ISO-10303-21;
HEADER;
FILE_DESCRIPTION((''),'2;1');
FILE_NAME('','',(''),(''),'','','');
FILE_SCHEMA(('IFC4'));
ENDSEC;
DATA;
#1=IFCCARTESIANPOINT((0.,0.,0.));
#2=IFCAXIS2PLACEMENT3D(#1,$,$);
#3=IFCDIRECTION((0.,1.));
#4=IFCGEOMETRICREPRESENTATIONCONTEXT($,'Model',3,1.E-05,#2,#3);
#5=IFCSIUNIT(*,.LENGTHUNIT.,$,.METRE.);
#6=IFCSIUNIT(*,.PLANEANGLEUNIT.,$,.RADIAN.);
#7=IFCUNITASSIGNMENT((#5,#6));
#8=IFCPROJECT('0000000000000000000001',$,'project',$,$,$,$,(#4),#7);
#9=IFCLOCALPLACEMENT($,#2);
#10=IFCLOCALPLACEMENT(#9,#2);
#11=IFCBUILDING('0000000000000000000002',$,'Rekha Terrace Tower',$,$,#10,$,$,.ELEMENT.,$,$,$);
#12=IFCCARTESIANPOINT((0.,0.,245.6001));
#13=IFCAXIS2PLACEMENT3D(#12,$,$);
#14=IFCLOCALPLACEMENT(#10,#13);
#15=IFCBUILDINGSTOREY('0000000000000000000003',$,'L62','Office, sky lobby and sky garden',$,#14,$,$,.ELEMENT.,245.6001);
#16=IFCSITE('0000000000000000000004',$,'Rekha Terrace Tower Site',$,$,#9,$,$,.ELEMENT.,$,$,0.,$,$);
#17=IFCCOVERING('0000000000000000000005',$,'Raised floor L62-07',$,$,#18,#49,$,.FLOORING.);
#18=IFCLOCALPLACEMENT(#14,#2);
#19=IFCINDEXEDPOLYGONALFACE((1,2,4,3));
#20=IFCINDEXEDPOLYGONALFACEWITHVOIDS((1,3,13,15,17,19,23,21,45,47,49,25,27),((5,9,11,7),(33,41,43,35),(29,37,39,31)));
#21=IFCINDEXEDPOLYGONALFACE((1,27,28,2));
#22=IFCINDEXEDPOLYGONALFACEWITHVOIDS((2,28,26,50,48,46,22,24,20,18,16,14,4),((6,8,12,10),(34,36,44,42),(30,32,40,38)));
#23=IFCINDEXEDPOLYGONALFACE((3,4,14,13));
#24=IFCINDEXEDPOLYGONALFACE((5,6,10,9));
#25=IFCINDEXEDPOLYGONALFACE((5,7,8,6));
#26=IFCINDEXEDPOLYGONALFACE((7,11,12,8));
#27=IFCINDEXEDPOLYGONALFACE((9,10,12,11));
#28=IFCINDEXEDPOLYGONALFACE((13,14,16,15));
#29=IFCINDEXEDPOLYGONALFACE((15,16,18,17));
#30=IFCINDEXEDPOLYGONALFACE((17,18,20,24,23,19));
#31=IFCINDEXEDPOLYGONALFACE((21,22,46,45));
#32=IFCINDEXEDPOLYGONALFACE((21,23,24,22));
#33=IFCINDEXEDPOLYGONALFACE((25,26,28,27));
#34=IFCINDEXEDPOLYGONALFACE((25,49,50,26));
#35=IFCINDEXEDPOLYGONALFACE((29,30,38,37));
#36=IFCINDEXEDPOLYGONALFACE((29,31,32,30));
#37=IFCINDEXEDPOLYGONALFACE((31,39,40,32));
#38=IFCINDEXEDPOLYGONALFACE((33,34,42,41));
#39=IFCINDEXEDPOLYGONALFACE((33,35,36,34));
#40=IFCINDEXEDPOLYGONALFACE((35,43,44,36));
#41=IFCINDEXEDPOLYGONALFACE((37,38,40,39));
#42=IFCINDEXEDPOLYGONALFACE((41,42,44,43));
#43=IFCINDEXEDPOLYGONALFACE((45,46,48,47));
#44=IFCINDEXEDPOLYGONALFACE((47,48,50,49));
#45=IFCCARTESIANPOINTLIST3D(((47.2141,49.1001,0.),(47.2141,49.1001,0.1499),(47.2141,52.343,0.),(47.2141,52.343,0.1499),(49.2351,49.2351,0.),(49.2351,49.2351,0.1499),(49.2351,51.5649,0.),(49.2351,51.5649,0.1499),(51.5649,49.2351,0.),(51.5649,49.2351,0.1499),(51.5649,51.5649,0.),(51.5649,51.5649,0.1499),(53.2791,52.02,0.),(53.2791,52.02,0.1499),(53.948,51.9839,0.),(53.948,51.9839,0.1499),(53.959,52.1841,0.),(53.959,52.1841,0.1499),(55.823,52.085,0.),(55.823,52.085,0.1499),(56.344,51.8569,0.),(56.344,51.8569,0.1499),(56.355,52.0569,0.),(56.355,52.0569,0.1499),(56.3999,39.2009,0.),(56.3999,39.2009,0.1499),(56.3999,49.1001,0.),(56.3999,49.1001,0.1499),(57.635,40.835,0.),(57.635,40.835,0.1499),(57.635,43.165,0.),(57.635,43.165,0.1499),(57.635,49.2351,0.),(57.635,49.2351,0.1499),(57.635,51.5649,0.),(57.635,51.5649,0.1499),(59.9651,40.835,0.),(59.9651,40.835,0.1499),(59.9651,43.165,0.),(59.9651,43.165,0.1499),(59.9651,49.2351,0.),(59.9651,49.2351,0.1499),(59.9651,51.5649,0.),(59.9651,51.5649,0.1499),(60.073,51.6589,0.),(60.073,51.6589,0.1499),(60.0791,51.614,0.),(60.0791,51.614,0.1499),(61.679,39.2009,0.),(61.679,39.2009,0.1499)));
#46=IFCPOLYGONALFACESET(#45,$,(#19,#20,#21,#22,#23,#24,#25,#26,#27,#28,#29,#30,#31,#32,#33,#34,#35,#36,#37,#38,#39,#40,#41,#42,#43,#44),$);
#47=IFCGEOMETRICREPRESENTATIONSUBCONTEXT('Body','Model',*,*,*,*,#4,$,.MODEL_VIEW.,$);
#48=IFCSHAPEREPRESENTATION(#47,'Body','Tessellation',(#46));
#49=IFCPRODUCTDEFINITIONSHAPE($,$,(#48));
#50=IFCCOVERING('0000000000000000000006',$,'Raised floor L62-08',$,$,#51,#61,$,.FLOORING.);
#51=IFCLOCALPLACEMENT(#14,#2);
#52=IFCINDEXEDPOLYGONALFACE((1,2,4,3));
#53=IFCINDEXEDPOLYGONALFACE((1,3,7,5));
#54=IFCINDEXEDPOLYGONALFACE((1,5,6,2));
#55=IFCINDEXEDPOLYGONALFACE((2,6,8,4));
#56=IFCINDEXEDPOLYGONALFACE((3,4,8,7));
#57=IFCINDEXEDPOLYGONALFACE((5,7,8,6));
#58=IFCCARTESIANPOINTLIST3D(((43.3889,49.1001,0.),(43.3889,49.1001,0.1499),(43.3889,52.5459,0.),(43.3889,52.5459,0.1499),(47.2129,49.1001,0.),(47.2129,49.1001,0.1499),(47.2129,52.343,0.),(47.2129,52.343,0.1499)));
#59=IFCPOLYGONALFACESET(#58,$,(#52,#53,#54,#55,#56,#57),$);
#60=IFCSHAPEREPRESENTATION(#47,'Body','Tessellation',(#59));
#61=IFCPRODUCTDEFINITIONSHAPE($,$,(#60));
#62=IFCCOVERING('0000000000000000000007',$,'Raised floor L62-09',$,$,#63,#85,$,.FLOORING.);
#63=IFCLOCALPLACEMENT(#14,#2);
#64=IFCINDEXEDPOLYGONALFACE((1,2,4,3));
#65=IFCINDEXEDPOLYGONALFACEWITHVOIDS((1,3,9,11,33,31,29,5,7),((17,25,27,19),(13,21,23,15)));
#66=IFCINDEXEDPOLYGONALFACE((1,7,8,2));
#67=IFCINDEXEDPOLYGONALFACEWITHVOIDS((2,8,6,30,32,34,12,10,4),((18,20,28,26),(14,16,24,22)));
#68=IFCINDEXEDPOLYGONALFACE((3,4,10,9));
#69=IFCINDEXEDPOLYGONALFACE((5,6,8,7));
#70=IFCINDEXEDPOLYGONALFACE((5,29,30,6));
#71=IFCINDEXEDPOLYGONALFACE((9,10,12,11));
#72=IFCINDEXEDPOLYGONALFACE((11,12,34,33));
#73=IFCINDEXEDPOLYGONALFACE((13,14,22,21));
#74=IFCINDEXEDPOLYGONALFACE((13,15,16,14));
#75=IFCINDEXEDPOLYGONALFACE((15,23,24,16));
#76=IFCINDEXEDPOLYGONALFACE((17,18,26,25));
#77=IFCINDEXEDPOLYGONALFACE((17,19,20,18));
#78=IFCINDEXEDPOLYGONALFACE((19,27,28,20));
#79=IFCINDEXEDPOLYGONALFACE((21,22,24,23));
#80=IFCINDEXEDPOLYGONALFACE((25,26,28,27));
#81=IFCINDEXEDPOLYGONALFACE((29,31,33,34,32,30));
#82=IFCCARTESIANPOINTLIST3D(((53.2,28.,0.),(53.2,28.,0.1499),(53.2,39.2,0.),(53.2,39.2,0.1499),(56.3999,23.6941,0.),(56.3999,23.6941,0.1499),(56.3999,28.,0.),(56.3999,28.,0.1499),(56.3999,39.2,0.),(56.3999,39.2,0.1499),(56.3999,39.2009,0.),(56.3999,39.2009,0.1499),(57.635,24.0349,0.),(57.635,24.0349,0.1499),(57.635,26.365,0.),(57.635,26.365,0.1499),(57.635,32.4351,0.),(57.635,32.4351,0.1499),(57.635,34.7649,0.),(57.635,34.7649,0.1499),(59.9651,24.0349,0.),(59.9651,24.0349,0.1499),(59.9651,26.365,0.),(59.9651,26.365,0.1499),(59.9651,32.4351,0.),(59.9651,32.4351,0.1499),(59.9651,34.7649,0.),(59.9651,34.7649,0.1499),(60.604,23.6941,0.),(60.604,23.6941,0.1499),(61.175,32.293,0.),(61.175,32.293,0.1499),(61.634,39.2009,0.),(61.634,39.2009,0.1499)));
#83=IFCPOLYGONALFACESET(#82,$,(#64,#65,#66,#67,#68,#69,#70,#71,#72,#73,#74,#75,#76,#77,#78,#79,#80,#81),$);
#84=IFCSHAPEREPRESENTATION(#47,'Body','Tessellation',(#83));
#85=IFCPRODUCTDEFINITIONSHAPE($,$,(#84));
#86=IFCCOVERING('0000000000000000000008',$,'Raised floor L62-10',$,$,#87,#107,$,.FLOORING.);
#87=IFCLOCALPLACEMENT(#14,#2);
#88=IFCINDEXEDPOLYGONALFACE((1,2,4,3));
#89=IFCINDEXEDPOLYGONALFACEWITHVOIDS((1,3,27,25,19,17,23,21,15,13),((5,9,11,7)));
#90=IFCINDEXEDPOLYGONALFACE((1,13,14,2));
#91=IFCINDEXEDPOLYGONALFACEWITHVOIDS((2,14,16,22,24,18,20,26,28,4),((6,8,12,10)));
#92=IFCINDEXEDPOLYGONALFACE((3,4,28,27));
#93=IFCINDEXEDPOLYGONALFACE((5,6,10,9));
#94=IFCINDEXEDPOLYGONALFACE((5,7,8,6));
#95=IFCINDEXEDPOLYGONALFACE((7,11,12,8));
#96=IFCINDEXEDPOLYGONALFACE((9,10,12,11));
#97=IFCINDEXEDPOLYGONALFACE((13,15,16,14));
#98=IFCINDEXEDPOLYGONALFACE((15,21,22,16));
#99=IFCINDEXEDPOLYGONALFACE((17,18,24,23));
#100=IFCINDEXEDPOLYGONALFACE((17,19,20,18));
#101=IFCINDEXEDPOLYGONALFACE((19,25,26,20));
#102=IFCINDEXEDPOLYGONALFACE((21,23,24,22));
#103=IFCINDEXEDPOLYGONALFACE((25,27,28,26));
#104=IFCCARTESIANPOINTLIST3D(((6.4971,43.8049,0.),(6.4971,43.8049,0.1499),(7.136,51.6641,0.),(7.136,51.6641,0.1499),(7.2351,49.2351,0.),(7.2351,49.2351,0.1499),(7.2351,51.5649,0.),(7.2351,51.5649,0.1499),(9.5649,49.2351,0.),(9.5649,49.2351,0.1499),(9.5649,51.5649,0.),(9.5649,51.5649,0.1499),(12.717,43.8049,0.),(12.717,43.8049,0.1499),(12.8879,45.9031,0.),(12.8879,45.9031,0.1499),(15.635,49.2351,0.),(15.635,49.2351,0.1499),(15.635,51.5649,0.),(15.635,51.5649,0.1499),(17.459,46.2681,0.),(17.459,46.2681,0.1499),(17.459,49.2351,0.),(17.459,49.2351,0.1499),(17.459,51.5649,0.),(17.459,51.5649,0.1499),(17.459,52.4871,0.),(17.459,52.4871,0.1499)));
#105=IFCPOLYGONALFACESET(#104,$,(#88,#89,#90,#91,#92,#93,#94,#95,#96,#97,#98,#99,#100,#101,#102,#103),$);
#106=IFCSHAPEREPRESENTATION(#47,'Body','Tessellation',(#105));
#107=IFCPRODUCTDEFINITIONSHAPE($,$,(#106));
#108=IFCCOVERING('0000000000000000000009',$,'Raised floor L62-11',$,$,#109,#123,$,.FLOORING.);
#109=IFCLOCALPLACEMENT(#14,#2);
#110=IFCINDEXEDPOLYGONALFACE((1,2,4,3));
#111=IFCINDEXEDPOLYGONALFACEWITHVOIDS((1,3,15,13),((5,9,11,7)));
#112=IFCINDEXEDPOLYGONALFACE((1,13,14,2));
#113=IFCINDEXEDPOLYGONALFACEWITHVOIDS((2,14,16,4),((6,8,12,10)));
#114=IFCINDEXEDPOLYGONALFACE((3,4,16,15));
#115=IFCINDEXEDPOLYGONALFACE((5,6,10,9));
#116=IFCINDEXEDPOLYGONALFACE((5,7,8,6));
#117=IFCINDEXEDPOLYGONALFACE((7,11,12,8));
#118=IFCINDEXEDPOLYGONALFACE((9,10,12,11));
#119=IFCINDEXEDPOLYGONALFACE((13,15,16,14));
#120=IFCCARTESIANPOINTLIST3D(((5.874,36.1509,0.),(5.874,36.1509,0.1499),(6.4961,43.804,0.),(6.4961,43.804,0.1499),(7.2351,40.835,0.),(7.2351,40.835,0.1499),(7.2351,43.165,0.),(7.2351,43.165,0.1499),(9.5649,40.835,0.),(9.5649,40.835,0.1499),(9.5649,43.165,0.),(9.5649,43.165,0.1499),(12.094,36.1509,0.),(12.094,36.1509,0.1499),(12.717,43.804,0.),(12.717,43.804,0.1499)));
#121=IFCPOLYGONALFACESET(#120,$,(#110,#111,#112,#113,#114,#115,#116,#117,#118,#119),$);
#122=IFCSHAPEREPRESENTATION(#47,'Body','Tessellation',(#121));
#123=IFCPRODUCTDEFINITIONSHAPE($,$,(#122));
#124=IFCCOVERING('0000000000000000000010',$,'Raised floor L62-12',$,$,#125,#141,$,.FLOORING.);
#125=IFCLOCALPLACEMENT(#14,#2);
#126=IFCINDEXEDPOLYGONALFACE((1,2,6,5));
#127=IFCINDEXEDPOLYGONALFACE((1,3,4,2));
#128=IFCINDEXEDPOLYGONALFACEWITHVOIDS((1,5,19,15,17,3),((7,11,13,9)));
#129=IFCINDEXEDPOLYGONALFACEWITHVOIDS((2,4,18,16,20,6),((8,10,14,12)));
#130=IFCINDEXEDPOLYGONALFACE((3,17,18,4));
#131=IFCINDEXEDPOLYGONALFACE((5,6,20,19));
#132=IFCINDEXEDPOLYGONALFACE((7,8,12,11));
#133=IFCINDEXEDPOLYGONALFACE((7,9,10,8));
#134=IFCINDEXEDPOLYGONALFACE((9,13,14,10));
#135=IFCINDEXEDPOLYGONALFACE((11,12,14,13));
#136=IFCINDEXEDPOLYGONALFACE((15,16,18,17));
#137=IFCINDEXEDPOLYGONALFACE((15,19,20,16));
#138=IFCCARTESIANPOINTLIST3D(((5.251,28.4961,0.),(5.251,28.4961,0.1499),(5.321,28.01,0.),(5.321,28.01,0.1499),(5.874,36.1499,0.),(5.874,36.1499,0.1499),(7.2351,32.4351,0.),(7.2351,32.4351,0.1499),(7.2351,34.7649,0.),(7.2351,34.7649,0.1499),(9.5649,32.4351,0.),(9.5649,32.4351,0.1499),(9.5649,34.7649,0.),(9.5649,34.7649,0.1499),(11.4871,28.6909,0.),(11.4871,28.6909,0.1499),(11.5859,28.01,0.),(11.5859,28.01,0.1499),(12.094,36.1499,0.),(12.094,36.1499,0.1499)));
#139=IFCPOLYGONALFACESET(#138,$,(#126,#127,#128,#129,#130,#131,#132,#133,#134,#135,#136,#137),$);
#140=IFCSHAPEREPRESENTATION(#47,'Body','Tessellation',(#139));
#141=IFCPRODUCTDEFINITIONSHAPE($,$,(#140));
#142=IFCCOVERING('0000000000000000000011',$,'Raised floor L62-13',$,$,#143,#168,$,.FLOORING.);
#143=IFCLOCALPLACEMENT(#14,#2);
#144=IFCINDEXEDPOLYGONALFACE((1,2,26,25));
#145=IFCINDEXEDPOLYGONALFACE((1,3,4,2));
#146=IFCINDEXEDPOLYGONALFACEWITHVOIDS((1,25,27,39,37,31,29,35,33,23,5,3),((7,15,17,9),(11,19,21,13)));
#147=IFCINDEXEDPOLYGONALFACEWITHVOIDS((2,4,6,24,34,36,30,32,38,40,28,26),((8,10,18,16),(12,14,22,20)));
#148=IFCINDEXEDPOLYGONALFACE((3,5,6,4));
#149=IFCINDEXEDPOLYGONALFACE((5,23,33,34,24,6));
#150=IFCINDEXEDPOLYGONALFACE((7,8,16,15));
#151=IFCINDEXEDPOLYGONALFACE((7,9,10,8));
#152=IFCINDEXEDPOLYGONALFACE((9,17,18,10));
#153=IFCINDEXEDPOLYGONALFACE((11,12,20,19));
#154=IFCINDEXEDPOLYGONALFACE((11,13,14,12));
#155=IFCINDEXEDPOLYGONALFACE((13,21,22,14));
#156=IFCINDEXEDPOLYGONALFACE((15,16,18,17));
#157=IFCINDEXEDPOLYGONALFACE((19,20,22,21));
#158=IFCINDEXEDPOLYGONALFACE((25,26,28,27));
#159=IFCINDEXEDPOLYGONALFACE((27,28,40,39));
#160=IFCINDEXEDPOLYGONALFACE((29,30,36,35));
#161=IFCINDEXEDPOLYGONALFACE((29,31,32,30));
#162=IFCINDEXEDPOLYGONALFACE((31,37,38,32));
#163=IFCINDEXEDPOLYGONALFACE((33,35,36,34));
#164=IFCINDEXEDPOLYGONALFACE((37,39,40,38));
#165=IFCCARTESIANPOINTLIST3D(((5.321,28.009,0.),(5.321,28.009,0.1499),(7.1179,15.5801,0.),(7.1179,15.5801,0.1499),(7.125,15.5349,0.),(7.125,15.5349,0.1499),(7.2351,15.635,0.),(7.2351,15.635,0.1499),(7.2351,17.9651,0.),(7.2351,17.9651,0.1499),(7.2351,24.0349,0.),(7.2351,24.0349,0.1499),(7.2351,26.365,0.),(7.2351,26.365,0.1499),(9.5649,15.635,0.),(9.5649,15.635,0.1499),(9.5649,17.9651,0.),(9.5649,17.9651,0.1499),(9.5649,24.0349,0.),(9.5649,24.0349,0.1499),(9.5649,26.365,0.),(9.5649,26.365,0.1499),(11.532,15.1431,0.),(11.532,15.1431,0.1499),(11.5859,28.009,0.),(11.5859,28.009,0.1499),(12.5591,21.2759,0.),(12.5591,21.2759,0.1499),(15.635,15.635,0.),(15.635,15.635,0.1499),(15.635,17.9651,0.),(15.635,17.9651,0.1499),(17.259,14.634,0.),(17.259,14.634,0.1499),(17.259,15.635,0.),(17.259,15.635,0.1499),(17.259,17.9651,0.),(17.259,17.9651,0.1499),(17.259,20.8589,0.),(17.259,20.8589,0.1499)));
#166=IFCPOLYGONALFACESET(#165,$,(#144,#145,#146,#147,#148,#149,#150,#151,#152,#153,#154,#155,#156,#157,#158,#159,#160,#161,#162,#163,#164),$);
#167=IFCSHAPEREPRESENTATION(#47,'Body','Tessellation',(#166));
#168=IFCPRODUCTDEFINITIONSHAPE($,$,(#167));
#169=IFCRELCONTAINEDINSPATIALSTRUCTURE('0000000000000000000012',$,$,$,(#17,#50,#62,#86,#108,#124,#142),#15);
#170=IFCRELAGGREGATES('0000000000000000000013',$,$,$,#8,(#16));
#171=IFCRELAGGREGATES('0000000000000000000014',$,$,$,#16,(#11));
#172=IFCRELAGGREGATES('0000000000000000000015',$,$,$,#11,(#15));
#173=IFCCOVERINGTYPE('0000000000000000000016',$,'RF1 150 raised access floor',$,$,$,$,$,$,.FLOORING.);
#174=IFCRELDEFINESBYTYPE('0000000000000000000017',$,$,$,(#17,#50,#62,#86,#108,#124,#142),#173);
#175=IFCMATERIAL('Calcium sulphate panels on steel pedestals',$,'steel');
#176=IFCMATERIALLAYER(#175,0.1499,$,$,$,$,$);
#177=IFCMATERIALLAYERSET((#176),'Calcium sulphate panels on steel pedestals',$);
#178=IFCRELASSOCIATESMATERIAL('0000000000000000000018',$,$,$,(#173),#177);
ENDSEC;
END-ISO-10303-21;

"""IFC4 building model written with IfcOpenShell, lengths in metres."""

from ifc_helpers import new_model, si_unit, direction, frame, origin, place, context, subcontext, project, spatial, polyline, outline, extrude, material, layer, layer_set, type_object, element, save


model = new_model("IFC4")

# Units and contexts
model_context = context("Model", 3, precision=1e-05, world=origin(), true_north=direction((0.0, 1.0)))
body_context = subcontext(model_context, "Body", "Model", "MODEL_VIEW")
ifc_project = project(units=[si_unit("LENGTHUNIT", "METRE"), si_unit("PLANEANGLEUNIT", "RADIAN")], contexts=[model_context])

# Site, building, storey
site_placement = place(None, origin())
site = spatial("IfcSite", under=ifc_project, at=site_placement, Name="Rekha Terrace Tower Site", CompositionType="ELEMENT", RefElevation=0.0)
building_placement = place(site_placement, origin())
building = spatial("IfcBuilding", under=site, at=building_placement, Name="Rekha Terrace Tower", CompositionType="ELEMENT")
storey_placement = place(building_placement, frame((0.0, 0.0, 245.6001)))
storey = spatial("IfcBuildingStorey", under=building, at=storey_placement, Name="L62", Description="Office, sky lobby and sky garden", CompositionType="ELEMENT", Elevation=245.6001)

# Coverings
ifc_material_1 = material(Name="Calcium sulphate panels on steel pedestals", Category="steel")
ifc_layer_1 = layer(ifc_material_1, 0.1499)
ifc_layer_set_1 = layer_set([ifc_layer_1], Name="Calcium sulphate panels on steel pedestals")
covering_type_1 = type_object("IfcCoveringType", Name="RF1 150 raised access floor", PredefinedType="FLOORING", material=ifc_layer_set_1)
covering_1_placement = place(storey_placement, origin())
element("IfcCovering", 1, at=covering_1_placement, inside=storey, type_object=covering_type_1, Name="Raised floor L62-07", PredefinedType="FLOORING", context=body_context, shape_type="SweptSolid", body=[
    extrude(outline(polyline([(55.823, 52.085), (53.959, 52.1841), (53.948, 51.9839), (53.2791, 52.02), (47.2141, 52.343), (47.2141, 49.1001), (56.3999, 49.1001), (56.3999, 39.2009), (61.679, 39.2009), (60.0791, 51.614), (60.073, 51.6589), (56.344, 51.8569), (56.355, 52.0569), (55.823, 52.085)]), holes=[polyline([(59.9651, 40.835), (57.635, 40.835), (57.635, 43.165), (59.9651, 43.165), (59.9651, 40.835)]), polyline([(59.9651, 51.5649), (59.9651, 49.2351), (57.635, 49.2351), (57.635, 51.5649), (59.9651, 51.5649)]), polyline([(51.5649, 51.5649), (51.5649, 49.2351), (49.2351, 49.2351), (49.2351, 51.5649), (51.5649, 51.5649)])]), origin(), (0.0, 0.0, 1.0), 0.1499),
])
covering_2_placement = place(storey_placement, origin())
element("IfcCovering", 2, at=covering_2_placement, inside=storey, type_object=covering_type_1, Name="Raised floor L62-08", PredefinedType="FLOORING", context=body_context, shape_type="SweptSolid", body=[
    extrude(outline(polyline([(47.2129, 49.1001), (47.2129, 52.343), (43.3889, 52.5459), (43.3889, 49.1001), (47.2129, 49.1001)])), origin(), (0.0, 0.0, 1.0), 0.1499),
])
covering_3_placement = place(storey_placement, origin())
element("IfcCovering", 3, at=covering_3_placement, inside=storey, type_object=covering_type_1, Name="Raised floor L62-09", PredefinedType="FLOORING", context=body_context, shape_type="SweptSolid", body=[
    extrude(outline(polyline([(56.3999, 39.2009), (56.3999, 39.2), (53.2, 39.2), (53.2, 28.0), (56.3999, 28.0), (56.3999, 23.6941), (60.604, 23.6941), (61.175, 32.293), (61.634, 39.2009), (56.3999, 39.2009)]), holes=[polyline([(59.9651, 26.365), (59.9651, 24.0349), (57.635, 24.0349), (57.635, 26.365), (59.9651, 26.365)]), polyline([(59.9651, 34.7649), (59.9651, 32.4351), (57.635, 32.4351), (57.635, 34.7649), (59.9651, 34.7649)])]), origin(), (0.0, 0.0, 1.0), 0.1499),
])
covering_4_placement = place(storey_placement, origin())
element("IfcCovering", 4, at=covering_4_placement, inside=storey, type_object=covering_type_1, Name="Raised floor L62-10", PredefinedType="FLOORING", context=body_context, shape_type="SweptSolid", body=[
    extrude(outline(polyline([(7.136, 51.6641), (6.4971, 43.8049), (12.717, 43.8049), (12.8879, 45.9031), (17.459, 46.2681), (17.459, 49.2351), (15.635, 49.2351), (15.635, 51.5649), (17.459, 51.5649), (17.459, 52.4871), (7.136, 51.6641)]), holes=[polyline([(9.5649, 49.2351), (7.2351, 49.2351), (7.2351, 51.5649), (9.5649, 51.5649), (9.5649, 49.2351)])]), origin(), (0.0, 0.0, 1.0), 0.1499),
])
covering_5_placement = place(storey_placement, origin())
element("IfcCovering", 5, at=covering_5_placement, inside=storey, type_object=covering_type_1, Name="Raised floor L62-11", PredefinedType="FLOORING", context=body_context, shape_type="SweptSolid", body=[
    extrude(outline(polyline([(12.717, 43.804), (6.4961, 43.804), (5.874, 36.1509), (12.094, 36.1509), (12.717, 43.804)]), holes=[polyline([(9.5649, 43.165), (9.5649, 40.835), (7.2351, 40.835), (7.2351, 43.165), (9.5649, 43.165)])]), origin(), (0.0, 0.0, 1.0), 0.1499),
])
covering_6_placement = place(storey_placement, origin())
element("IfcCovering", 6, at=covering_6_placement, inside=storey, type_object=covering_type_1, Name="Raised floor L62-12", PredefinedType="FLOORING", context=body_context, shape_type="SweptSolid", body=[
    extrude(outline(polyline([(5.251, 28.4961), (5.321, 28.01), (11.5859, 28.01), (11.4871, 28.6909), (12.094, 36.1499), (5.874, 36.1499), (5.251, 28.4961)]), holes=[polyline([(9.5649, 34.7649), (9.5649, 32.4351), (7.2351, 32.4351), (7.2351, 34.7649), (9.5649, 34.7649)])]), origin(), (0.0, 0.0, 1.0), 0.1499),
])
covering_7_placement = place(storey_placement, origin())
element("IfcCovering", 7, at=covering_7_placement, inside=storey, type_object=covering_type_1, Name="Raised floor L62-13", PredefinedType="FLOORING", context=body_context, shape_type="SweptSolid", body=[
    extrude(outline(polyline([(17.259, 20.8589), (12.5591, 21.2759), (11.5859, 28.009), (5.321, 28.009), (7.1179, 15.5801), (7.125, 15.5349), (11.532, 15.1431), (17.259, 14.634), (17.259, 15.635), (15.635, 15.635), (15.635, 17.9651), (17.259, 17.9651), (17.259, 20.8589)]), holes=[polyline([(9.5649, 17.9651), (9.5649, 15.635), (7.2351, 15.635), (7.2351, 17.9651), (9.5649, 17.9651)]), polyline([(9.5649, 26.365), (9.5649, 24.0349), (7.2351, 24.0349), (7.2351, 26.365), (9.5649, 26.365)])]), origin(), (0.0, 0.0, 1.0), 0.1499),
])

save(model, "model.ifc")
